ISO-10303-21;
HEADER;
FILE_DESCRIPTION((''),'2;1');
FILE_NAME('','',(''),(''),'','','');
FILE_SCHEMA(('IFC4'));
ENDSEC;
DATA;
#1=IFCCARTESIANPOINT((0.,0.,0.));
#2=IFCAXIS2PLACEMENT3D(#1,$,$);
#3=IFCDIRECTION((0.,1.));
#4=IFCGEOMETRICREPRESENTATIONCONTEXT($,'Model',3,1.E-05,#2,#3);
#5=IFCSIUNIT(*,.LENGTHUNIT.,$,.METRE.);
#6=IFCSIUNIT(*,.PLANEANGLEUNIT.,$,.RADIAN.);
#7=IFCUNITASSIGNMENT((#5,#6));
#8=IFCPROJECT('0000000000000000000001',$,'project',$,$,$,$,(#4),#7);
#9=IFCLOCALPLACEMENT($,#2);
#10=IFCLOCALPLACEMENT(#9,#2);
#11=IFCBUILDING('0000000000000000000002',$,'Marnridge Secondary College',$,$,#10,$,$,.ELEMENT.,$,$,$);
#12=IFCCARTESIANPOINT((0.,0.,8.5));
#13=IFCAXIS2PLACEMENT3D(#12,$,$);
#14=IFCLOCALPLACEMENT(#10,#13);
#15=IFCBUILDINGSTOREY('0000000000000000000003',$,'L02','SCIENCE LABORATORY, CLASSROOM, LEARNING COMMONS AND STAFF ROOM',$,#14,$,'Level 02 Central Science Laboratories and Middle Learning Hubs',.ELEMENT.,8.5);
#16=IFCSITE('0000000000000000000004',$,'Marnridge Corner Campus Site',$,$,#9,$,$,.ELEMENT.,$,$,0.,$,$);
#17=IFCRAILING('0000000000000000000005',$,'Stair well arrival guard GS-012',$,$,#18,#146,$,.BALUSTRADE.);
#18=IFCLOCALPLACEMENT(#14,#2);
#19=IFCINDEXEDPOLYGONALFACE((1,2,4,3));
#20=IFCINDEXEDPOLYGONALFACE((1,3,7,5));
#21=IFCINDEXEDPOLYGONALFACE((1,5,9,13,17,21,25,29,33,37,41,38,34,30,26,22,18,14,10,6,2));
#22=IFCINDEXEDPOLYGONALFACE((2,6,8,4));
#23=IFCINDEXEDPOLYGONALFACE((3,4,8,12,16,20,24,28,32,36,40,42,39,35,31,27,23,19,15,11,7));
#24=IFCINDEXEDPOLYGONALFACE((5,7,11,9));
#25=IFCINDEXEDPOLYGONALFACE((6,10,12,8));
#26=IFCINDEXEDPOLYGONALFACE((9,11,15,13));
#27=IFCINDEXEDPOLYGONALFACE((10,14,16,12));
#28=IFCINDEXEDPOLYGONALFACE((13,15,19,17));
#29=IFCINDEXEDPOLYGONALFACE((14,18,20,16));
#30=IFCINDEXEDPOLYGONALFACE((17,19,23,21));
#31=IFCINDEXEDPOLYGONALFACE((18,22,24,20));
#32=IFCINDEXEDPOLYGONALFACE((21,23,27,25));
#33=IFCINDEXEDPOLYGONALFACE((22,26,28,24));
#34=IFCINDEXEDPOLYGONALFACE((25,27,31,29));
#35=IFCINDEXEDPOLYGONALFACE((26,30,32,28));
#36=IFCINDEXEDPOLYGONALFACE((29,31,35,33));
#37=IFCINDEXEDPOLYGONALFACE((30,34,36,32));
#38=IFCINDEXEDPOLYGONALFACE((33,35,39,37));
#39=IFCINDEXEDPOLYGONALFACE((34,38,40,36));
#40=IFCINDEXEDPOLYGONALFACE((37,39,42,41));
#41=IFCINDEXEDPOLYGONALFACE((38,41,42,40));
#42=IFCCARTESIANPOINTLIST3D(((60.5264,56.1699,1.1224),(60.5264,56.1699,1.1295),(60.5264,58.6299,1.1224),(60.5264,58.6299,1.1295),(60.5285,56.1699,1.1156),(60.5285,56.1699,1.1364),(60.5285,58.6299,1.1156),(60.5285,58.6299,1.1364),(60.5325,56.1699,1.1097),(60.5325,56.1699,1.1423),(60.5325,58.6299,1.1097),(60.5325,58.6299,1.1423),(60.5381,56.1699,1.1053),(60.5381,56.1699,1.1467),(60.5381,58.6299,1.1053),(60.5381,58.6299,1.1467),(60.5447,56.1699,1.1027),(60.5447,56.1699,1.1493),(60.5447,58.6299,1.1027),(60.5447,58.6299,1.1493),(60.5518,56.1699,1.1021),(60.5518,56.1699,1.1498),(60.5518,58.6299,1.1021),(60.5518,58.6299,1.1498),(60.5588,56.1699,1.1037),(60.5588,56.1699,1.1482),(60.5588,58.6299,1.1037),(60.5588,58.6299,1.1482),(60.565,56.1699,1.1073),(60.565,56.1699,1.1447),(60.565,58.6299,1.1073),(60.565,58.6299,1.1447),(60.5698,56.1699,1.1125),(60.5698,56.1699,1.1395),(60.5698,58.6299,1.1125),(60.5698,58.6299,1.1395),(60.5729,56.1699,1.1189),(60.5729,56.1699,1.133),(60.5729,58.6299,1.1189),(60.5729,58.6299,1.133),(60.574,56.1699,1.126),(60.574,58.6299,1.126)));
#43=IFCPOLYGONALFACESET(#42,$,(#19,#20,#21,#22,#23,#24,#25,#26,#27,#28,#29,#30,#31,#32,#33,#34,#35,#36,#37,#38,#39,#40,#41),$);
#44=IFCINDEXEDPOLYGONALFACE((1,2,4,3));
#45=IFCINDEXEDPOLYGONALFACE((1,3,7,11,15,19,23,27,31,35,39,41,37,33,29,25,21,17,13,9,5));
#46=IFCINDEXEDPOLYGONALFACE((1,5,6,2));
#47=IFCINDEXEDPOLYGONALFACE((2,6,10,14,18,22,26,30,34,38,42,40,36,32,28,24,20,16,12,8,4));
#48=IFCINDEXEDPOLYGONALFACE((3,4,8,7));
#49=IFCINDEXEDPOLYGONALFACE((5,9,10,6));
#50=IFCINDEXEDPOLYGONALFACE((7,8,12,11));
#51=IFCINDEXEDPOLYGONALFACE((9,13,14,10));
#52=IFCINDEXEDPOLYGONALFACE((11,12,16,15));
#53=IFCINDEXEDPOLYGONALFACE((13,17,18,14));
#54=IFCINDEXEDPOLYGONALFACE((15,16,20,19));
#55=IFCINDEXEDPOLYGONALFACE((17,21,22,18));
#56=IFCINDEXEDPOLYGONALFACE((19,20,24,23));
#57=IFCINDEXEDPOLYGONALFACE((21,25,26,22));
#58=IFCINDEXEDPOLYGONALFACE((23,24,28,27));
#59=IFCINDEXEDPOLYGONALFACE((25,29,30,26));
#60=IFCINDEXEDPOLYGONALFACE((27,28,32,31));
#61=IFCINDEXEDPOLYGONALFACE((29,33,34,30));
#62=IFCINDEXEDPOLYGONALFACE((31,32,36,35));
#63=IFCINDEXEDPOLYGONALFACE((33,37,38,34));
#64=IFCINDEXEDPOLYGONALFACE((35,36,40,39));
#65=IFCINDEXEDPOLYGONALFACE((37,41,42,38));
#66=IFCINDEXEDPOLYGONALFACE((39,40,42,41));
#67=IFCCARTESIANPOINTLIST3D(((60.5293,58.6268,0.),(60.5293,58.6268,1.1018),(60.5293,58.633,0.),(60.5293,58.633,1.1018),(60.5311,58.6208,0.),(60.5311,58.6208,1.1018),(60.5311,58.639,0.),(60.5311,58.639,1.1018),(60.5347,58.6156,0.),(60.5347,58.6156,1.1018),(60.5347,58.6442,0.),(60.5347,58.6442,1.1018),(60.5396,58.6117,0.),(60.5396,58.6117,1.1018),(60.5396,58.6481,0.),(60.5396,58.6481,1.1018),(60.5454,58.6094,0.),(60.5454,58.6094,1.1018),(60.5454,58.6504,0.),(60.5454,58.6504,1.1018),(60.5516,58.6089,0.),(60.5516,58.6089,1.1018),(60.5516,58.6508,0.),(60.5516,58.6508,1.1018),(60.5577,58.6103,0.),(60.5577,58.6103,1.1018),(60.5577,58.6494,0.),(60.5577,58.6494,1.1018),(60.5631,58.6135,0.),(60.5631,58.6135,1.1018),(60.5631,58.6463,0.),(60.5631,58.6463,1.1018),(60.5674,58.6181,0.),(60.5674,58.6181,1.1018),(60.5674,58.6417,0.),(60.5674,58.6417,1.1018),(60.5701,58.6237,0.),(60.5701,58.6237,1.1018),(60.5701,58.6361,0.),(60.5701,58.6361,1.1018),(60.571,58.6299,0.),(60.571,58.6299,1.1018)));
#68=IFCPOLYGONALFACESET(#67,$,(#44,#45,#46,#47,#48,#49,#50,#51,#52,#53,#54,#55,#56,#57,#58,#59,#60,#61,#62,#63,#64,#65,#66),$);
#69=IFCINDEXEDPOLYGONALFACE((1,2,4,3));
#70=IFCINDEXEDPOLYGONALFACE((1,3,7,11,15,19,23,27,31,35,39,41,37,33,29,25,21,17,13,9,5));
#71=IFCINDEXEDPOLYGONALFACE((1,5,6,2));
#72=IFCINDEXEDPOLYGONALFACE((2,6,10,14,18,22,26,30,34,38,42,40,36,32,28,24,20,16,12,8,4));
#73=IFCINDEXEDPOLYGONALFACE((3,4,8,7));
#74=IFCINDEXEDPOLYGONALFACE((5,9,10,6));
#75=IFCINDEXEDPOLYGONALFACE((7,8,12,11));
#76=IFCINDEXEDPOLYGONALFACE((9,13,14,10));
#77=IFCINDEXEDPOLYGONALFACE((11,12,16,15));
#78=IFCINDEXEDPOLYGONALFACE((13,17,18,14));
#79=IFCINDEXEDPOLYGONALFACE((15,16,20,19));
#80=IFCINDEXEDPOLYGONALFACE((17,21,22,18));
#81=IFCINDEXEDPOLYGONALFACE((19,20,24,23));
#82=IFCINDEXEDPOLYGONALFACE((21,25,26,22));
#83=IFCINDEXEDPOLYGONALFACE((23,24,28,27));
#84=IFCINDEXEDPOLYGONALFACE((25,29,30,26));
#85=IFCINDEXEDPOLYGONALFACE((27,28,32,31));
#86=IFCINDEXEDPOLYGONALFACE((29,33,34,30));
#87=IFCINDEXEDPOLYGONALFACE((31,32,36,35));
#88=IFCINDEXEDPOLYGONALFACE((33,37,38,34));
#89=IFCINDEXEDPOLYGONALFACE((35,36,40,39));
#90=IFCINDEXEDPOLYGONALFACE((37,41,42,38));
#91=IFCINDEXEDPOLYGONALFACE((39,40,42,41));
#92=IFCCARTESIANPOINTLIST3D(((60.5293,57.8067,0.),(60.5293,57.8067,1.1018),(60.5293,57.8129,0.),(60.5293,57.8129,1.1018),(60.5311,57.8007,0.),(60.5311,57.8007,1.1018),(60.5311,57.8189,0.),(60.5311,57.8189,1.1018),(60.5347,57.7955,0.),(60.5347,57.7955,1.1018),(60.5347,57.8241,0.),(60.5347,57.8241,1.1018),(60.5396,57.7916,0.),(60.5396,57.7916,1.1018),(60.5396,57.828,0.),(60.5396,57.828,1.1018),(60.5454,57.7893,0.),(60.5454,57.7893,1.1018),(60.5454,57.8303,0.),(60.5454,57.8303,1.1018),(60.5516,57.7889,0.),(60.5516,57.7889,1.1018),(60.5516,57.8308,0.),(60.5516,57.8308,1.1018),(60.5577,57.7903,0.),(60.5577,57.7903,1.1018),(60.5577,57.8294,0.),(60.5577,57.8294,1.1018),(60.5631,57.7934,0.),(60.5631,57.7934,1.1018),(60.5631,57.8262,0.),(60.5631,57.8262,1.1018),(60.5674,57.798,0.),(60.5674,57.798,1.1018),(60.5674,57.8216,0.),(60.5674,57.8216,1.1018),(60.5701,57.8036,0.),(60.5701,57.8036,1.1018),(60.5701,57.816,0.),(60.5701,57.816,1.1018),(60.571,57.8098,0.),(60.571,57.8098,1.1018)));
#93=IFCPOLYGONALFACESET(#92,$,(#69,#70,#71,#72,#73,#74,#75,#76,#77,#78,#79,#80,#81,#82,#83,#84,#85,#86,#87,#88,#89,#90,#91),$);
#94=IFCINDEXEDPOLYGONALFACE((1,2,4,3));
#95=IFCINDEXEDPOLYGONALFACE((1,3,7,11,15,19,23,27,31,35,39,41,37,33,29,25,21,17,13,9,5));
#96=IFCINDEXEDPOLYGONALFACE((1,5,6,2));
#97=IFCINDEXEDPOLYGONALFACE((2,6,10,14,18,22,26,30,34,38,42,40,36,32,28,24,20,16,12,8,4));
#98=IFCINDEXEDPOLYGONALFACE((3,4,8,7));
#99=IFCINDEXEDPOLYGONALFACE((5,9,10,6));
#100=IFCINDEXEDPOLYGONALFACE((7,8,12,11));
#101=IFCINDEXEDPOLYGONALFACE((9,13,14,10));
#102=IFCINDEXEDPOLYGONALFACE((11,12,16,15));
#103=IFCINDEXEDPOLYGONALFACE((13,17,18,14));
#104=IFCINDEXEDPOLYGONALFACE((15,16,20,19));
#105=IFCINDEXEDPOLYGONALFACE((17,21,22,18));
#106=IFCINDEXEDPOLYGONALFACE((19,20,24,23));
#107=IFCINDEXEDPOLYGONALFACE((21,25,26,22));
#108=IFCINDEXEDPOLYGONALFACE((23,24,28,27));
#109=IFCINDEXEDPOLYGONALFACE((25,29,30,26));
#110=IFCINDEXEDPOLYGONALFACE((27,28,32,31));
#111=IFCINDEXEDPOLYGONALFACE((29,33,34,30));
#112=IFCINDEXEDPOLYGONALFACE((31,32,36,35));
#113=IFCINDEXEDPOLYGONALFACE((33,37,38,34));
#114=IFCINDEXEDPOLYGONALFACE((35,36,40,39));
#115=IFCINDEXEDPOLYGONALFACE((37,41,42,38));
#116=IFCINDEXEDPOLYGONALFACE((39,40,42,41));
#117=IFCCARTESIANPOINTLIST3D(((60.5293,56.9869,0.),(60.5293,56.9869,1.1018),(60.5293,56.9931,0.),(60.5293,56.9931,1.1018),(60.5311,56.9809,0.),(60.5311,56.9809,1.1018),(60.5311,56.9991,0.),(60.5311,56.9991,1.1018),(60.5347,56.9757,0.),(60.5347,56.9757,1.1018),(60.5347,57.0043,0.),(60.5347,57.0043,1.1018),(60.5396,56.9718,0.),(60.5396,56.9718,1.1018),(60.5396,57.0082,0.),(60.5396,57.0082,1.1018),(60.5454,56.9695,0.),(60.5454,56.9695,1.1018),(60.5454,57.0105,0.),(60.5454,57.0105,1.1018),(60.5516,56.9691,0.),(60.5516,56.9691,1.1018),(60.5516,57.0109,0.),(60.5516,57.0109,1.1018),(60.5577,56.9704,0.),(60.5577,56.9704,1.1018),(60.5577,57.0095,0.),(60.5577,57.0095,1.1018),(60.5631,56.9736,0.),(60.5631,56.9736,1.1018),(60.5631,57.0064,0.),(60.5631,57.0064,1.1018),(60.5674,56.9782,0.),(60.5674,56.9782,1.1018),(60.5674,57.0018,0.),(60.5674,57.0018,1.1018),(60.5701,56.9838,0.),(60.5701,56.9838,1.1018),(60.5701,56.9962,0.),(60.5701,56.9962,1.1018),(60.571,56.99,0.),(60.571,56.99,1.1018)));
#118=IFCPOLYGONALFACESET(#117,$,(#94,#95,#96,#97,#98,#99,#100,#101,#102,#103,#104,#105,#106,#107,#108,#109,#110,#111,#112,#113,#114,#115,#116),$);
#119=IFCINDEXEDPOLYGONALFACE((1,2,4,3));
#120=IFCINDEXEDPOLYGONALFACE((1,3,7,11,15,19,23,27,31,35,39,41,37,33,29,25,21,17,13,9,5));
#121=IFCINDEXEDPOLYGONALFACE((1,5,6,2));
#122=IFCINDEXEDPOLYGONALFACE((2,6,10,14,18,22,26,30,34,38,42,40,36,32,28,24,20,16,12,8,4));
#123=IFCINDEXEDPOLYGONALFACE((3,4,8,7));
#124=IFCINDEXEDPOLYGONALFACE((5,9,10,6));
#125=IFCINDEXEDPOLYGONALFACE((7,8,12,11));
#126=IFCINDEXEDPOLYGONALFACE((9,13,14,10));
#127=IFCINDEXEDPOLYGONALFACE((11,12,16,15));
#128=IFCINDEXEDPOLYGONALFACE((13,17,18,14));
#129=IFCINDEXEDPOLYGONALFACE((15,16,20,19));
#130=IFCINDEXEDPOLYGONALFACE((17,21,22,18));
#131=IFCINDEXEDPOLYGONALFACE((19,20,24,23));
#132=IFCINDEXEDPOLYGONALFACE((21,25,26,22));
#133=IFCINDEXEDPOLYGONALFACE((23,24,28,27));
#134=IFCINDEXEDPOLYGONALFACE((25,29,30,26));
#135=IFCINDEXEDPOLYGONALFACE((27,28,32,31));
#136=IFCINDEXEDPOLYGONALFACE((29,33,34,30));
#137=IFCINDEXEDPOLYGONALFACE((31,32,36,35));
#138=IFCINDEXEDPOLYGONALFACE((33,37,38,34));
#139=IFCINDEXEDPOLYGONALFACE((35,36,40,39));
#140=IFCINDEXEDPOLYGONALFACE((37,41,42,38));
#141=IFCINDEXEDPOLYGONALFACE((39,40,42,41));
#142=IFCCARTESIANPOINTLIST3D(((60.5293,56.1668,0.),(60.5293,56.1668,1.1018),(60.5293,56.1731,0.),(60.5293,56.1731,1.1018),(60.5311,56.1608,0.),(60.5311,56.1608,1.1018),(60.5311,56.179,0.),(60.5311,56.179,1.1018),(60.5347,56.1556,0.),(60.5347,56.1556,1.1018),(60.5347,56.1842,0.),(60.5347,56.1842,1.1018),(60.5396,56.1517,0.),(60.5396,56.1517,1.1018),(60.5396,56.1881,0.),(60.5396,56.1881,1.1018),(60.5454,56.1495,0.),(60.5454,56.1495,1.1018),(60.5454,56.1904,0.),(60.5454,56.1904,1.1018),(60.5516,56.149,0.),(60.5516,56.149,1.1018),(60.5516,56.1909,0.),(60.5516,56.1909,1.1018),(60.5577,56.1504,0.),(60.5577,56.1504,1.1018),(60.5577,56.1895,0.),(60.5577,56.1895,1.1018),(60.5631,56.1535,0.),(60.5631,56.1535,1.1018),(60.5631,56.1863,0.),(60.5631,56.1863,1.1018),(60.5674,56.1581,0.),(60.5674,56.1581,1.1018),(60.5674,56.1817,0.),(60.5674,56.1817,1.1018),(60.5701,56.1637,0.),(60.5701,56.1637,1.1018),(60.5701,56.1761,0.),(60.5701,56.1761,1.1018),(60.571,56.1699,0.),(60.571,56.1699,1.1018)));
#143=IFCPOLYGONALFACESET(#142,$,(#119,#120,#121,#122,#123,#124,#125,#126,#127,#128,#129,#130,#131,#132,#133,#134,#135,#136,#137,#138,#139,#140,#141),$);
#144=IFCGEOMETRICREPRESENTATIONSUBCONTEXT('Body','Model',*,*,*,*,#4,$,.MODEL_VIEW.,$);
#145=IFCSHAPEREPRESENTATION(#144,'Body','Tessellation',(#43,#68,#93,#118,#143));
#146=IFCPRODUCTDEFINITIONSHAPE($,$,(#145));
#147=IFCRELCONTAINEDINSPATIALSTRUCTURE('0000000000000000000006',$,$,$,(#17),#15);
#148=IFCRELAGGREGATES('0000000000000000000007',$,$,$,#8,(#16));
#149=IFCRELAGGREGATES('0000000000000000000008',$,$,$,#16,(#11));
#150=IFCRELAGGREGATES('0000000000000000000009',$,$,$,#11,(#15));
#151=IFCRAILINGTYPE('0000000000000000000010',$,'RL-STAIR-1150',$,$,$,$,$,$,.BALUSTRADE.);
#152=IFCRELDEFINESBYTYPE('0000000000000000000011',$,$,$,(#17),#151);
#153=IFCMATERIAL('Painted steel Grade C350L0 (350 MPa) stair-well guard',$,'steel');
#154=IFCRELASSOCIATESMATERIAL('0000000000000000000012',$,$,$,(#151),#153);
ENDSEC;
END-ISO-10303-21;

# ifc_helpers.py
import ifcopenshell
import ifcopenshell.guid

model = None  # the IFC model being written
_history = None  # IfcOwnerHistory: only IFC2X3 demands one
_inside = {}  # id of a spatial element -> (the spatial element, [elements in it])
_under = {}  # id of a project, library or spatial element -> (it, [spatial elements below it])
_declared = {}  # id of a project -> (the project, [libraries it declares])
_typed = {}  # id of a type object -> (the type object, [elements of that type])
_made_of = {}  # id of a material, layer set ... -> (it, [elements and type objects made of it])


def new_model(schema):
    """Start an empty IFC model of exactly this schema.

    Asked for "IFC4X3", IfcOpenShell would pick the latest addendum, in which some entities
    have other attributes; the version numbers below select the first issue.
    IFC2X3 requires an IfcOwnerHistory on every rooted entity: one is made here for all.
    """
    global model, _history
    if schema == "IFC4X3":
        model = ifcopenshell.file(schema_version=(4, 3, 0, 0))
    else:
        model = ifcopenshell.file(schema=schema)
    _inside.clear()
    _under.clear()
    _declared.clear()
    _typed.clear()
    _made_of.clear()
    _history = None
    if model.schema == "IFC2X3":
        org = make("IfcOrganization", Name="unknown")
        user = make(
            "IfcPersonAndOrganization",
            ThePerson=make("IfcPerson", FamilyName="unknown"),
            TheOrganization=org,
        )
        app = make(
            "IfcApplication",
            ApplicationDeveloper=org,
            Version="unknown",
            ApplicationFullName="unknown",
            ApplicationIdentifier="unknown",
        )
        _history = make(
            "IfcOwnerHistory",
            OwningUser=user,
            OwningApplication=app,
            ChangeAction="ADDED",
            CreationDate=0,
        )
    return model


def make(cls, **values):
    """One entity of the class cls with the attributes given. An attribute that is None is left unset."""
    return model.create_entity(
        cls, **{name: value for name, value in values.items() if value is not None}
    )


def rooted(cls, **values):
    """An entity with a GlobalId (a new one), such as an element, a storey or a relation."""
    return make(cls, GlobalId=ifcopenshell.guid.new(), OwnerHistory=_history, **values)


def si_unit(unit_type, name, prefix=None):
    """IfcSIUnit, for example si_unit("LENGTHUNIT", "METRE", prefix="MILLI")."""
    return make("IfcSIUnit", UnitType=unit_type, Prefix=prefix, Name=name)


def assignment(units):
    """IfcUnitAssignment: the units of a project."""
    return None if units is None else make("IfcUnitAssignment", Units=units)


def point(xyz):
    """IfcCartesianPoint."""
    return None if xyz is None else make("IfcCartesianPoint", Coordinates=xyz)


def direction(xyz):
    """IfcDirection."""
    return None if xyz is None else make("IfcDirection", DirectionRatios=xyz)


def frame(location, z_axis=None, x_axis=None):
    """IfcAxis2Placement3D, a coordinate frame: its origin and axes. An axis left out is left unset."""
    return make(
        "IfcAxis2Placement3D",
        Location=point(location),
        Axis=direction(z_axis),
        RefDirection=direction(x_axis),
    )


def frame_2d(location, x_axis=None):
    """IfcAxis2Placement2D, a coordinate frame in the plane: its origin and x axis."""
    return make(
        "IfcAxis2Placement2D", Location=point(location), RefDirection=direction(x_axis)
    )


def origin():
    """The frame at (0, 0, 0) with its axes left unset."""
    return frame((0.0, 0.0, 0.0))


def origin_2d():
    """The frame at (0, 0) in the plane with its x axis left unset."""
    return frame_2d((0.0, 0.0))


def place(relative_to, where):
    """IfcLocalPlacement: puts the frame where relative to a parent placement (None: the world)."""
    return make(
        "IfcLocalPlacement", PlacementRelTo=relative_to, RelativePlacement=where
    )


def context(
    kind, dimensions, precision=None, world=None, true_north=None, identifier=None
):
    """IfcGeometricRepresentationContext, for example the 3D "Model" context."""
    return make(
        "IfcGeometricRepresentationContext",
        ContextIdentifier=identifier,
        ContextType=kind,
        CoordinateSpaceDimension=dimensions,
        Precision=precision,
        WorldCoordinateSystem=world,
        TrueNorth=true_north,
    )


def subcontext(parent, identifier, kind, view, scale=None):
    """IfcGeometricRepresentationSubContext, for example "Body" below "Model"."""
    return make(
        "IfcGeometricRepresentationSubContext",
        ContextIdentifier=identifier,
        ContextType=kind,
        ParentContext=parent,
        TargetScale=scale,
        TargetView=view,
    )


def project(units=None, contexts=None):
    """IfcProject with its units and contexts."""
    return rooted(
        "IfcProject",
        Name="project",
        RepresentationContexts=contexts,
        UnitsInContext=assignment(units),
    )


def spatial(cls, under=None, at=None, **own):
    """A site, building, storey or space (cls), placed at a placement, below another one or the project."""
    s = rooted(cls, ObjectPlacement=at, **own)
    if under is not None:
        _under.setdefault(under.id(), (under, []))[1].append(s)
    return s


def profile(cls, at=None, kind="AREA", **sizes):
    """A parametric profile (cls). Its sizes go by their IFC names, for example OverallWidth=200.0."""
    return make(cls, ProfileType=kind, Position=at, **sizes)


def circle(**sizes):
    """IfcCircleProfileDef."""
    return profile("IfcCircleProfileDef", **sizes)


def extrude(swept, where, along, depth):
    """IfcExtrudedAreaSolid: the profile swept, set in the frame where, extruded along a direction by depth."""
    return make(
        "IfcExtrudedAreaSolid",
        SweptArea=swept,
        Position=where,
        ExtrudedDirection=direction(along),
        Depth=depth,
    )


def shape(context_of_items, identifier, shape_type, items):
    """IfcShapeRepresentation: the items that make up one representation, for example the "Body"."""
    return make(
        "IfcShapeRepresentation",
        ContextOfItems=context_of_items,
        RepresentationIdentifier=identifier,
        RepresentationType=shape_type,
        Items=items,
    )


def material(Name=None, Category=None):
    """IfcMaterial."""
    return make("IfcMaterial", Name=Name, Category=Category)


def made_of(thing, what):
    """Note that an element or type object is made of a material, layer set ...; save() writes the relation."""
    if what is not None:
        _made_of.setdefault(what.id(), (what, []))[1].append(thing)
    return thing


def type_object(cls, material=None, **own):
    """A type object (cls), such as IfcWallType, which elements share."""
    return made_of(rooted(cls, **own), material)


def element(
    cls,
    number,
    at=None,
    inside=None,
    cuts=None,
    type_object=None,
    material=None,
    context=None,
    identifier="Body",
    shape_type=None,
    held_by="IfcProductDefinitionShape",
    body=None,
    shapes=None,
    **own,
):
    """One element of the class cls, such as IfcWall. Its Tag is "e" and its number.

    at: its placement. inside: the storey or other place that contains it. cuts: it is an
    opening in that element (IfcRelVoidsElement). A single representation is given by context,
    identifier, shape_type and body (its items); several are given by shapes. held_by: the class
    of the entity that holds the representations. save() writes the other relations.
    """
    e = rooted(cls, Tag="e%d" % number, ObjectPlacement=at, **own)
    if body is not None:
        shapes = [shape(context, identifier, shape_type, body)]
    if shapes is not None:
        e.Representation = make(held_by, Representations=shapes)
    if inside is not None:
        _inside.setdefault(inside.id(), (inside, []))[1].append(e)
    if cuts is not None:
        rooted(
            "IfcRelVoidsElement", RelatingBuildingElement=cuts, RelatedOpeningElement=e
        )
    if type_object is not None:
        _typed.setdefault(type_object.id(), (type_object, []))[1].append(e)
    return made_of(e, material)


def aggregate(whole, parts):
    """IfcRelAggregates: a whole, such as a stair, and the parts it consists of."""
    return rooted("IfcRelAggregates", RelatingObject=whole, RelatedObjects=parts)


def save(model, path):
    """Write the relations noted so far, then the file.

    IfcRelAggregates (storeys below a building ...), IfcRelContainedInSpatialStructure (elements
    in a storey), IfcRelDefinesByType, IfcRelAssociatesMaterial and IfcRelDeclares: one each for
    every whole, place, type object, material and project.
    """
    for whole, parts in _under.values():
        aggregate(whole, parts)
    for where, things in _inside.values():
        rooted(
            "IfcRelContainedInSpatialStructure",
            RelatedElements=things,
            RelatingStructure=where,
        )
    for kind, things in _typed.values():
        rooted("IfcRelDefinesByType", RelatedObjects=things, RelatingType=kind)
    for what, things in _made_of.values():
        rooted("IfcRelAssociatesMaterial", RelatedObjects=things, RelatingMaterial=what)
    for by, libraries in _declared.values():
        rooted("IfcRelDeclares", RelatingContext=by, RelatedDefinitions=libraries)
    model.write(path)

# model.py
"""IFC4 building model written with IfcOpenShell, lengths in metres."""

from ifc_helpers import new_model, si_unit, direction, frame, origin, origin_2d, place, context, subcontext, project, spatial, circle, extrude, material, type_object, element, save


model = new_model("IFC4")

# Units and contexts
model_context = context("Model", 3, precision=1e-05, world=origin(), true_north=direction((0.0, 1.0)))
body_context = subcontext(model_context, "Body", "Model", "MODEL_VIEW")
ifc_project = project(units=[si_unit("LENGTHUNIT", "METRE"), si_unit("PLANEANGLEUNIT", "RADIAN")], contexts=[model_context])

# Site, building, storey
site_placement = place(None, origin())
site = spatial("IfcSite", under=ifc_project, at=site_placement, Name="Marnridge Corner Campus Site", CompositionType="ELEMENT", RefElevation=0.0)
building_placement = place(site_placement, origin())
building = spatial("IfcBuilding", under=site, at=building_placement, Name="Marnridge Secondary College", CompositionType="ELEMENT")
storey_placement = place(building_placement, frame((0.0, 0.0, 8.5)))
storey = spatial("IfcBuildingStorey", under=building, at=storey_placement, Name="L02", Description="SCIENCE LABORATORY, CLASSROOM, LEARNING COMMONS AND STAFF ROOM", LongName="Level 02 Central Science Laboratories and Middle Learning Hubs", CompositionType="ELEMENT", Elevation=8.5)

# Railing
ifc_material_1 = material(Name="Painted steel Grade C350L0 (350 MPa) stair-well guard", Category="steel")
railing_type_1 = type_object("IfcRailingType", Name="RL-STAIR-1150", PredefinedType="BALUSTRADE", material=ifc_material_1)
railing_1_placement = place(storey_placement, frame((60.55, 58.6299, 0.0)))
element("IfcRailing", 1, at=railing_1_placement, inside=storey, type_object=railing_type_1, Name="Stair well arrival guard GS-012", PredefinedType="BALUSTRADE", context=body_context, shape_type="SweptSolid", body=[
    extrude(circle(Radius=0.0239, at=origin_2d()), frame((0.0, 0.0, 1.126), z_axis=(0.0, -1.0, 0.0), x_axis=(1.0, 0.0, 0.0)), (0.0, 0.0, 1.0), 2.46),
    extrude(circle(Radius=0.021, at=origin_2d()), origin(), (0.0, 0.0, 1.0), 1.1018),
    extrude(circle(Radius=0.021, at=origin_2d()), frame((0.0, -0.8201, 0.0)), (0.0, 0.0, 1.0), 1.1018),
    extrude(circle(Radius=0.021, at=origin_2d()), frame((0.0, -1.6399, 0.0)), (0.0, 0.0, 1.0), 1.1018),
    extrude(circle(Radius=0.021, at=origin_2d()), frame((0.0, -2.46, 0.0)), (0.0, 0.0, 1.0), 1.1018),
])

save(model, "model.ifc")
